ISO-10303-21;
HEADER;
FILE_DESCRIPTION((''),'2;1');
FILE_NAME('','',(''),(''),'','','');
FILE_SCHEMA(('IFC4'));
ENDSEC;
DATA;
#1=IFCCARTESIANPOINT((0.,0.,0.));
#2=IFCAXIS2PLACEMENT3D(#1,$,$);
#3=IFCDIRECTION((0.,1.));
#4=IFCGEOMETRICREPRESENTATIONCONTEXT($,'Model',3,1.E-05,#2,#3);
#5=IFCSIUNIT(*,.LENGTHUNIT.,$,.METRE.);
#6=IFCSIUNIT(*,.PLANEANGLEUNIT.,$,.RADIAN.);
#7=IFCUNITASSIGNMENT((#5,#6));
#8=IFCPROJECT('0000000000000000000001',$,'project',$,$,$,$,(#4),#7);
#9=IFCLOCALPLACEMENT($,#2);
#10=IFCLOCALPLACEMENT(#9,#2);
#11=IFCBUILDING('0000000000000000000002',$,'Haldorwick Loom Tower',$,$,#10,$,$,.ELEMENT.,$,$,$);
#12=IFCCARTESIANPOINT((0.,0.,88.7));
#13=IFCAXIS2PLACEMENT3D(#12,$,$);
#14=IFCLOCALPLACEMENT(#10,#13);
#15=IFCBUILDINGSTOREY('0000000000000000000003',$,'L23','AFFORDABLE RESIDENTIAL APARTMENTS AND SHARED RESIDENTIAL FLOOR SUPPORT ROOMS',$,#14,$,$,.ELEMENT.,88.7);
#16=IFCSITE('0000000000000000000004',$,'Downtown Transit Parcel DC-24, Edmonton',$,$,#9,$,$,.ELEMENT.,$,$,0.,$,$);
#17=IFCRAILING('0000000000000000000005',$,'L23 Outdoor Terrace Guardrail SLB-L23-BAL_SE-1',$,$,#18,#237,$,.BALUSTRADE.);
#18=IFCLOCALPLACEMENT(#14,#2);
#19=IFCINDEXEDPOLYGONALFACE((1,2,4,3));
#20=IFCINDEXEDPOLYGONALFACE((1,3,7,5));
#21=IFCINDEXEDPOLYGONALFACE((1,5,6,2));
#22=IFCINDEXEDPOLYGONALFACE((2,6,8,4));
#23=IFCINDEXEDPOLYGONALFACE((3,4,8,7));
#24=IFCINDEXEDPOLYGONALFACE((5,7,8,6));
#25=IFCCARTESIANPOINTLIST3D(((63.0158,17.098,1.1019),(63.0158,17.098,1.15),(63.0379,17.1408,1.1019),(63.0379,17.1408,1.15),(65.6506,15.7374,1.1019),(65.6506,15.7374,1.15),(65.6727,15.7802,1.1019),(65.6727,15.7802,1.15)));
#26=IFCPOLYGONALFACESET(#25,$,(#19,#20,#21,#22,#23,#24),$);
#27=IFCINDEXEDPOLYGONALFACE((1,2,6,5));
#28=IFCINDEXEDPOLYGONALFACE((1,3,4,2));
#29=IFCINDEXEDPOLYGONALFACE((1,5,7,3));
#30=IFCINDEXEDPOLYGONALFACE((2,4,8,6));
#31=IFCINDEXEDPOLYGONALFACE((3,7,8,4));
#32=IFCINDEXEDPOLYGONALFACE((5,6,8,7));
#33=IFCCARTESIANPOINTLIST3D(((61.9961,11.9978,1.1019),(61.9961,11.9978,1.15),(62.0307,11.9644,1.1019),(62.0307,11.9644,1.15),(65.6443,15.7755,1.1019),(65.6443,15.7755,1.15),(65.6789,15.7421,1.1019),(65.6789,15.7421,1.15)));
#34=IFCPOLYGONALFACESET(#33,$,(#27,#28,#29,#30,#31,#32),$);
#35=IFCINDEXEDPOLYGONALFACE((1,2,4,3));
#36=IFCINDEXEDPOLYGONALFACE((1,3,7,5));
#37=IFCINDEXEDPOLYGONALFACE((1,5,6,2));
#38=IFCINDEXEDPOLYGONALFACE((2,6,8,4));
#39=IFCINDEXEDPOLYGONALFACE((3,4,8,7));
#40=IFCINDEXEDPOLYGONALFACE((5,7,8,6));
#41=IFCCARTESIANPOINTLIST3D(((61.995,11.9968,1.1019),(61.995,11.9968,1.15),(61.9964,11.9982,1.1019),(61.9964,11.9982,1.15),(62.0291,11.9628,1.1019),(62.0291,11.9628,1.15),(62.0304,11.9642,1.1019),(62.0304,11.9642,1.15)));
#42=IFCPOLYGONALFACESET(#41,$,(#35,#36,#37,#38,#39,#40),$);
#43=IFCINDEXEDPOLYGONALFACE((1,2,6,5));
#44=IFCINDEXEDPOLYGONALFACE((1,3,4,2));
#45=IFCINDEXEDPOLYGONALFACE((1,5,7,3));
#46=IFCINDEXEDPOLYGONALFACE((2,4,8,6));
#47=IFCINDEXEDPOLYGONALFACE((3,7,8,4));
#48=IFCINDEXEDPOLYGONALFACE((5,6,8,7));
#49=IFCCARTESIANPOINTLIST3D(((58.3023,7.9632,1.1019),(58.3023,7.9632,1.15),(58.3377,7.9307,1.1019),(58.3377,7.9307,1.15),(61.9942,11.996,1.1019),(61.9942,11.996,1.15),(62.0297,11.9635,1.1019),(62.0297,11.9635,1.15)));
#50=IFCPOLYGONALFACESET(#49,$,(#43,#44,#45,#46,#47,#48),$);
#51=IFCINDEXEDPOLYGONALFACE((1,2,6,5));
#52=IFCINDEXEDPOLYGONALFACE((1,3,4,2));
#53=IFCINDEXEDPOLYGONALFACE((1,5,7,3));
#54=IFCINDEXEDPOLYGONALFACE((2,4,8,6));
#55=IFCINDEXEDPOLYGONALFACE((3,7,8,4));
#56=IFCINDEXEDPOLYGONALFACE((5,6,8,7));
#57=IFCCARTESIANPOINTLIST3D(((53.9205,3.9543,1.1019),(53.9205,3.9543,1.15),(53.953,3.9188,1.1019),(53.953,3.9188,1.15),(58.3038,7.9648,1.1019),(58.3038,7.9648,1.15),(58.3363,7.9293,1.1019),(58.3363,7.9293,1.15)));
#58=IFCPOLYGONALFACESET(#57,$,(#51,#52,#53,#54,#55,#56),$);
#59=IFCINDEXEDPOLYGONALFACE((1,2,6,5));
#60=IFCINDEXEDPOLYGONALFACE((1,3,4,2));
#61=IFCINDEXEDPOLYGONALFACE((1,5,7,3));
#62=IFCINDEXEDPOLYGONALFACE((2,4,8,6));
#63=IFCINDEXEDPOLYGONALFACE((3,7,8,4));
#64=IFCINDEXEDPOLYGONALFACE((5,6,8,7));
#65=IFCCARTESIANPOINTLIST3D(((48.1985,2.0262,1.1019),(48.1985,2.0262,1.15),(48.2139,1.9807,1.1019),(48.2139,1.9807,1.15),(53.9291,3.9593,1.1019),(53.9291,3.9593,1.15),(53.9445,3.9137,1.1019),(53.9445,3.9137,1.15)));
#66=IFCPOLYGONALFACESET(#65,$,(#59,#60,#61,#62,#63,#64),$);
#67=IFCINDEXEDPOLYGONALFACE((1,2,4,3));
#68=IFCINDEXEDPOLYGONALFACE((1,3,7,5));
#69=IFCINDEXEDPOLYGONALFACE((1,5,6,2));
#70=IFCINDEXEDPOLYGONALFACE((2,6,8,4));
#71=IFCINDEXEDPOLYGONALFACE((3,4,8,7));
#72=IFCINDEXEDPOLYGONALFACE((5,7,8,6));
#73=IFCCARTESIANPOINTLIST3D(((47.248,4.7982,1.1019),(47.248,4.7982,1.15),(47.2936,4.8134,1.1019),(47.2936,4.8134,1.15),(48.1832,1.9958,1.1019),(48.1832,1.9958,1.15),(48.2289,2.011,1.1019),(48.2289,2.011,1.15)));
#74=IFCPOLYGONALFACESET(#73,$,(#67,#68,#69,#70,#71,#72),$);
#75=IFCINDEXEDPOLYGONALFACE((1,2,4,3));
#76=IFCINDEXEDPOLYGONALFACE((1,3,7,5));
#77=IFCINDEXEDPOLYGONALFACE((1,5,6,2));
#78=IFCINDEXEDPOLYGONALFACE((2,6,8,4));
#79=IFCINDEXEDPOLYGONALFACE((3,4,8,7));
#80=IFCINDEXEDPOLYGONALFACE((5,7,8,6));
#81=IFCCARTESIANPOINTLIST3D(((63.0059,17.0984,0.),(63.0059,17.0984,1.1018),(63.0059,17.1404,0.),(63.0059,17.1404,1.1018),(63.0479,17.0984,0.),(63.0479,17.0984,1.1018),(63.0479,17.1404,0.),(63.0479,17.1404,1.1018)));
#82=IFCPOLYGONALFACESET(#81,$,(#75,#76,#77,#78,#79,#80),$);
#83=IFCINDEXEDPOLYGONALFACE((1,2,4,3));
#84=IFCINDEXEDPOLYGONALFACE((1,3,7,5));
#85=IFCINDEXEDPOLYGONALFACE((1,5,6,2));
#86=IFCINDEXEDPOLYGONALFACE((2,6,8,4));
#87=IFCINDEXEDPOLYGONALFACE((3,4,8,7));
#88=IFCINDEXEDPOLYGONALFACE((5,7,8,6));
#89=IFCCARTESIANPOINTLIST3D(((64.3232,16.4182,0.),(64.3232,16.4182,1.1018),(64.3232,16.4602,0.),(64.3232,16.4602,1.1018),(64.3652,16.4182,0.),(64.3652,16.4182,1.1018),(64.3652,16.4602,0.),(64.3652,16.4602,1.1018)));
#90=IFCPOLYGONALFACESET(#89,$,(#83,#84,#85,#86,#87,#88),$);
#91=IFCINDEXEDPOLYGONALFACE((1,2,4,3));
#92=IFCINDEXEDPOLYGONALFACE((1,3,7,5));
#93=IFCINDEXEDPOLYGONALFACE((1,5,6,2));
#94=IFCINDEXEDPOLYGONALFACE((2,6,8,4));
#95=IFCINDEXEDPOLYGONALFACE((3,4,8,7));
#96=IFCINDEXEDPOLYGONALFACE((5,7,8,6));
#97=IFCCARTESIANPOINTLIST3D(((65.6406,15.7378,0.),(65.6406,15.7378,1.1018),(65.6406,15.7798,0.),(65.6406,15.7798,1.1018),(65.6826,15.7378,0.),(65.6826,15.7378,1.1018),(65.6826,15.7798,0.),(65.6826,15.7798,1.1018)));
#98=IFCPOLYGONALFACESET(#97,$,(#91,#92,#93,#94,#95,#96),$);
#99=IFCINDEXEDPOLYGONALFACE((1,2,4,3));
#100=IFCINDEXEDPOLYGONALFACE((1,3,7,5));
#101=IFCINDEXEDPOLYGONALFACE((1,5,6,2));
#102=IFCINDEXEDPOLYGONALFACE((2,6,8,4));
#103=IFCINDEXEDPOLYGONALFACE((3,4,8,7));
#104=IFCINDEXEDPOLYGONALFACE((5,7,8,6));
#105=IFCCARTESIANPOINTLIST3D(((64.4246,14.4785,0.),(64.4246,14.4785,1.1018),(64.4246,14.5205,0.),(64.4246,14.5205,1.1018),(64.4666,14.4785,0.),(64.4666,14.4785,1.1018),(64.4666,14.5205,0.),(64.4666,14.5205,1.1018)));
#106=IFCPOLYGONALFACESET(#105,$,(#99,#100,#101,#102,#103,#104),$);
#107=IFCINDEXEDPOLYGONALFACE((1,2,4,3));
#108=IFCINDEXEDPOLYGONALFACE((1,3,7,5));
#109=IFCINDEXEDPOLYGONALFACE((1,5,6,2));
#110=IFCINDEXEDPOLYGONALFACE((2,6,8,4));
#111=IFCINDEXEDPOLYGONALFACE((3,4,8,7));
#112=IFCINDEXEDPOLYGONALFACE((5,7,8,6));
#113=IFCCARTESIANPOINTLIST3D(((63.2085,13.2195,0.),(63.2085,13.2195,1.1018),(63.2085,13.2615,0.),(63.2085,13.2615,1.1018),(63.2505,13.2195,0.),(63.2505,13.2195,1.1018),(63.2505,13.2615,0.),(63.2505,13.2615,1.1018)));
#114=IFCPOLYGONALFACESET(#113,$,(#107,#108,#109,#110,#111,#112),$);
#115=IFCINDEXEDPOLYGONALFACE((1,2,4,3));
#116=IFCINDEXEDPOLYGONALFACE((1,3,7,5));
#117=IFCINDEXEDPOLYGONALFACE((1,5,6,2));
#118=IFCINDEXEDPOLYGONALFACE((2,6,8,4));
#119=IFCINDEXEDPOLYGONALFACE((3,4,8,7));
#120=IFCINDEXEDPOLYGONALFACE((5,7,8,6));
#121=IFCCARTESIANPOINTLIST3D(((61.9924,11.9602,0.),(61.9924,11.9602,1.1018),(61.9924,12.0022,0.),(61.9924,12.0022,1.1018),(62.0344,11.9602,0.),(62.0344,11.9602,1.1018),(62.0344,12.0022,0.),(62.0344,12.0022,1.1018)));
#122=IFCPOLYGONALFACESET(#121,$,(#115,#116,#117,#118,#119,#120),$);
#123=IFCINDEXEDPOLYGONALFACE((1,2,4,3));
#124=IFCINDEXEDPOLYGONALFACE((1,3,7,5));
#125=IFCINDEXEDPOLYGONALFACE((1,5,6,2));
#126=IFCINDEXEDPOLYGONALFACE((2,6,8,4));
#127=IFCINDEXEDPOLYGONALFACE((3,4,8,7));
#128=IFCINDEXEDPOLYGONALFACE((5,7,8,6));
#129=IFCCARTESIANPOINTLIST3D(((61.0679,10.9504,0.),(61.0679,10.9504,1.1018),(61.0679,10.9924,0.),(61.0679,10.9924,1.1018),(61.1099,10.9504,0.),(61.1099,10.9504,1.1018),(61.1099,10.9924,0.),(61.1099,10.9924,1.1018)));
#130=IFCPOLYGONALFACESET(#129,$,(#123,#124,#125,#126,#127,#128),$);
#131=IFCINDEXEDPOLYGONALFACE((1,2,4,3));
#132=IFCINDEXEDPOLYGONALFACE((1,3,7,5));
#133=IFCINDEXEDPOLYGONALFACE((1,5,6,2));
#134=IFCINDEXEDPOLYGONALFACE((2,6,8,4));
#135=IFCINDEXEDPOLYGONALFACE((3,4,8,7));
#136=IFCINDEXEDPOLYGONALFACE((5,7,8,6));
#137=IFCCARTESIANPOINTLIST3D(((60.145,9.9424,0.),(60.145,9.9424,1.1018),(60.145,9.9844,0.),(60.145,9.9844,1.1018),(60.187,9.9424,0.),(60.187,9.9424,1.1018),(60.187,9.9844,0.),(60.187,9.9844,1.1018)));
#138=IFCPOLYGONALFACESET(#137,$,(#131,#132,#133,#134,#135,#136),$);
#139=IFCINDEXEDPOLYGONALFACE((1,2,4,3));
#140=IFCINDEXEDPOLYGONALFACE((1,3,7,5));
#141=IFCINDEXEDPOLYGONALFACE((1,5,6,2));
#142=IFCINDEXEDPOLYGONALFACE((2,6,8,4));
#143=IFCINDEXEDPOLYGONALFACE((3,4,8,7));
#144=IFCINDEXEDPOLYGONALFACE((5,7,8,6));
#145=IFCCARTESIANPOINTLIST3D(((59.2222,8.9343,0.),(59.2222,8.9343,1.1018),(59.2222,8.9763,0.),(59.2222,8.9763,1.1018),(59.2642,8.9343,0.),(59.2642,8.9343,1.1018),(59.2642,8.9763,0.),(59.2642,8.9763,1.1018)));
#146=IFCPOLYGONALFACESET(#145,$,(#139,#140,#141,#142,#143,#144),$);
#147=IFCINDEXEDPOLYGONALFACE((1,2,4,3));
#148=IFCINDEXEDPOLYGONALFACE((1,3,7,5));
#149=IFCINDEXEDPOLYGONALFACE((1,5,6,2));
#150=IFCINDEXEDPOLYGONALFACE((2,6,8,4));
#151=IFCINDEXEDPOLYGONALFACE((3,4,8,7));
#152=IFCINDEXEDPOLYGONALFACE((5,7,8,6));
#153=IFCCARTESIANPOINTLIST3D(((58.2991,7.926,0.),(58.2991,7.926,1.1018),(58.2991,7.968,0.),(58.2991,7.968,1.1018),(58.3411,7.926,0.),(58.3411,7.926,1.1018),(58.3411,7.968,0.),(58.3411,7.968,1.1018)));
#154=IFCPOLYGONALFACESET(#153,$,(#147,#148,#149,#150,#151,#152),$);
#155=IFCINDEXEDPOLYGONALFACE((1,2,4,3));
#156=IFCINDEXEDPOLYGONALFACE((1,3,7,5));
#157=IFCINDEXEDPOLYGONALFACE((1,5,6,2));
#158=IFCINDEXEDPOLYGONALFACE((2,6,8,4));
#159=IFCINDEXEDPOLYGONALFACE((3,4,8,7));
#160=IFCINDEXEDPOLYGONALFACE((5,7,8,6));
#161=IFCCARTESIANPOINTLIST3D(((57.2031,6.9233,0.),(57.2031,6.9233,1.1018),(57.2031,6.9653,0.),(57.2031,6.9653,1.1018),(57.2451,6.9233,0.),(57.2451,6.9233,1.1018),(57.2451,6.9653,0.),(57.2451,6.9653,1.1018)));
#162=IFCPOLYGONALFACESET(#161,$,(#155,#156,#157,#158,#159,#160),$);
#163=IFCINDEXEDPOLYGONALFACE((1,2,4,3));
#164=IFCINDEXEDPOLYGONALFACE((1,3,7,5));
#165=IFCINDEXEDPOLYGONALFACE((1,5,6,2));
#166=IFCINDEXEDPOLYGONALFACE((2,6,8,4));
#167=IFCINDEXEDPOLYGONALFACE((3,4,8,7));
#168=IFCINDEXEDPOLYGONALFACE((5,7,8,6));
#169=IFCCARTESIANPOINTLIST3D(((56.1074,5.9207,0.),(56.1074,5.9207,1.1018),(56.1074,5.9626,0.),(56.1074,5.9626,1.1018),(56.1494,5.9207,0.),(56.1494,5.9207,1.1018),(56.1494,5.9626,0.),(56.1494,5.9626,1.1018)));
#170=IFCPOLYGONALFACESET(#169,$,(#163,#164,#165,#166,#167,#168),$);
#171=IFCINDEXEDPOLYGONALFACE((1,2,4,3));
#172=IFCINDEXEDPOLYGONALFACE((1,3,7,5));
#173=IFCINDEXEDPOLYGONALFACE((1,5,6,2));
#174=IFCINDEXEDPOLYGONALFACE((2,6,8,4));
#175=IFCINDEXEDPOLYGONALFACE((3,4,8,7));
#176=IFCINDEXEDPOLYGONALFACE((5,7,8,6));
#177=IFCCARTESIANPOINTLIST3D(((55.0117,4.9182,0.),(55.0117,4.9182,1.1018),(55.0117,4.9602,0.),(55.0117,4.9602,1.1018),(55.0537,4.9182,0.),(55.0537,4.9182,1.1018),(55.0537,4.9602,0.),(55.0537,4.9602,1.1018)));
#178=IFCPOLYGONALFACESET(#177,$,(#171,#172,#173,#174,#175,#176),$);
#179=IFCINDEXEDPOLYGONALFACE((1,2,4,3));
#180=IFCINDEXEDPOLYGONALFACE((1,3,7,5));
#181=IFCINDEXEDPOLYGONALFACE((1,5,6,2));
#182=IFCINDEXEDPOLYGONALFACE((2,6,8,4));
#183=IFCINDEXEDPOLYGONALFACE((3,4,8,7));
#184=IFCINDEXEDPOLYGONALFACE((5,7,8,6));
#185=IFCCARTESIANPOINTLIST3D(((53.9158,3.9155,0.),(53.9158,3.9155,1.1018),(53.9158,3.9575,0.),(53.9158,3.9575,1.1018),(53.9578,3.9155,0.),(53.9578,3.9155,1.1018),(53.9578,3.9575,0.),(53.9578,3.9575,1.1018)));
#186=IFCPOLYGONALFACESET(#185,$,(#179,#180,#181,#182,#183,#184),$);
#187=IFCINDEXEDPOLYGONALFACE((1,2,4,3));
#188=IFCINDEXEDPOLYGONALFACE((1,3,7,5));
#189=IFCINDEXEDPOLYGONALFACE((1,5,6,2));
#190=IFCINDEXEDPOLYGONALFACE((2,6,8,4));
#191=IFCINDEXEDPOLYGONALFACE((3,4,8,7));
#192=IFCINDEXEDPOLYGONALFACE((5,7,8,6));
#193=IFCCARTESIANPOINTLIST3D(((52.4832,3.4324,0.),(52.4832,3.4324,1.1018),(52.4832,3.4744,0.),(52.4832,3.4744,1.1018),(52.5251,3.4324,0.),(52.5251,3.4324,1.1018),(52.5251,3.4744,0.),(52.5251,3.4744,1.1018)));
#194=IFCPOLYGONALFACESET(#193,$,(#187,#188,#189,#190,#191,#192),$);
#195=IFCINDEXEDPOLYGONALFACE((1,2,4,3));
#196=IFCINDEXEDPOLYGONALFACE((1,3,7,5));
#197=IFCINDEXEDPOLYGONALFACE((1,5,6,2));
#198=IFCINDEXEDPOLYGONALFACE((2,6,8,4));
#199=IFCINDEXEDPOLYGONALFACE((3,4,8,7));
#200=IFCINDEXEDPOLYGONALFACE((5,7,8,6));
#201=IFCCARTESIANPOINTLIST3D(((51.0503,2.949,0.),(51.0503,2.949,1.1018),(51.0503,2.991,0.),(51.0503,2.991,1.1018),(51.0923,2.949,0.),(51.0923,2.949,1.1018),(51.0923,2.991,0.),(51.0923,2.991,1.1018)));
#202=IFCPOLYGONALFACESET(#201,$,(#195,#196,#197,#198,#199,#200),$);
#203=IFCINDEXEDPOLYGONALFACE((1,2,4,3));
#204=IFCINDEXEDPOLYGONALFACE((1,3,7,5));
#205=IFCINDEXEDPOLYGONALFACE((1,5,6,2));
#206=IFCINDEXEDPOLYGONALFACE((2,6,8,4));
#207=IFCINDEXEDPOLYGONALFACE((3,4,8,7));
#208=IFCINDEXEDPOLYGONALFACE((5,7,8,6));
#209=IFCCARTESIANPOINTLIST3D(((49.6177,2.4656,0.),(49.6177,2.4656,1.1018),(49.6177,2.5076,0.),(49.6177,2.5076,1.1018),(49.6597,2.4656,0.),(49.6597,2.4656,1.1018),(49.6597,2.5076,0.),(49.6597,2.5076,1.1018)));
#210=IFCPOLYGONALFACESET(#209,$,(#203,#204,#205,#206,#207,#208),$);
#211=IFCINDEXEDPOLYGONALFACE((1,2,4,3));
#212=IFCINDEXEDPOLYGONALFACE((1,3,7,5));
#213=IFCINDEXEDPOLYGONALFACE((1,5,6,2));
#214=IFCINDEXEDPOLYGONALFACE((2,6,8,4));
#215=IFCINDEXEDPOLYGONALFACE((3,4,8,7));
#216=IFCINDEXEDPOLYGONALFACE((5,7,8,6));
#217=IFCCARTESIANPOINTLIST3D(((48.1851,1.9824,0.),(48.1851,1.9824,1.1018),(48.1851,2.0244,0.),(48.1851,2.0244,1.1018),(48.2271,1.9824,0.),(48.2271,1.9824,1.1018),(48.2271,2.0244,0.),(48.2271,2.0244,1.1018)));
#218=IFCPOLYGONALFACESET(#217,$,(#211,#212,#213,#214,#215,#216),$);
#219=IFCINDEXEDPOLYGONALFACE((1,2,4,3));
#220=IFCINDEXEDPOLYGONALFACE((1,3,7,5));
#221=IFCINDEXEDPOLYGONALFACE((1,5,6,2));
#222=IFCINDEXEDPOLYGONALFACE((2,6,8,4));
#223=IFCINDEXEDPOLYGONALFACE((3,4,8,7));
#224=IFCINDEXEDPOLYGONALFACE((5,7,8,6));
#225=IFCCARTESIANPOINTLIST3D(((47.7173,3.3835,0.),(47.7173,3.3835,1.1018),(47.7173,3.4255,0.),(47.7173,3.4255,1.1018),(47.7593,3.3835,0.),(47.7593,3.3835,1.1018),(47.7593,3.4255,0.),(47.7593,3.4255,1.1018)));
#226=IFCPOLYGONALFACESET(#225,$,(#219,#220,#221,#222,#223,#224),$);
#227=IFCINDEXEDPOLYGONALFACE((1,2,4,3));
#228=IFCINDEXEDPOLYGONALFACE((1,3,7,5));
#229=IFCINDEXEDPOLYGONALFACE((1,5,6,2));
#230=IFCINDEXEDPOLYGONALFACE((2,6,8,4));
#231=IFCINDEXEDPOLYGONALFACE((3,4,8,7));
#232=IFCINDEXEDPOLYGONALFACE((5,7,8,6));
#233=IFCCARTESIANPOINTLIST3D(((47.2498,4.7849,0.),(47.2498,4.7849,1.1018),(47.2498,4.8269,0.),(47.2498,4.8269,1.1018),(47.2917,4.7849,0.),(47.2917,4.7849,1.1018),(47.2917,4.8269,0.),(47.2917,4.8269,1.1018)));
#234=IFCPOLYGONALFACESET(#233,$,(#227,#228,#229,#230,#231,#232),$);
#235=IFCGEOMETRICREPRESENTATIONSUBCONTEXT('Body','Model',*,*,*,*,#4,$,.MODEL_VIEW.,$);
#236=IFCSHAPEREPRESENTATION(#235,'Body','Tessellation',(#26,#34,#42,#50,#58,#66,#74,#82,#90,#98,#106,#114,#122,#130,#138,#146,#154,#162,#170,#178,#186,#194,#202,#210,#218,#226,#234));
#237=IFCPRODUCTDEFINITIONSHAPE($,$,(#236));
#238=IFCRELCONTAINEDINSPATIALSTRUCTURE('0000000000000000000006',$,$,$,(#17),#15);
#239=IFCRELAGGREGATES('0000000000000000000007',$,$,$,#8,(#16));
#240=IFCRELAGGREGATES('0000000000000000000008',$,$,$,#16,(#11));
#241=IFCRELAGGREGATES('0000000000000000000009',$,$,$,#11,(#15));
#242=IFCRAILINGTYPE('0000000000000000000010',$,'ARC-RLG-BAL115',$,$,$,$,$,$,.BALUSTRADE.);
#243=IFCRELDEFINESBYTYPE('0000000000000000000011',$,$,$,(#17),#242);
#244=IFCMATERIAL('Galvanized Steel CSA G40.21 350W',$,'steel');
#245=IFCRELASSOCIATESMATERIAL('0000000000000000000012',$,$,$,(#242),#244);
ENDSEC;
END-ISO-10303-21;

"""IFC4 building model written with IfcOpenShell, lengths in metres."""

from ifc_helpers import new_model, si_unit, direction, frame, origin, origin_2d, place, context, subcontext, project, spatial, rectangle, extrude, material, type_object, element, save


model = new_model("IFC4")

# Units and contexts
model_context = context("Model", 3, precision=1e-05, world=origin(), true_north=direction((0.0, 1.0)))
body_context = subcontext(model_context, "Body", "Model", "MODEL_VIEW")
ifc_project = project(units=[si_unit("LENGTHUNIT", "METRE"), si_unit("PLANEANGLEUNIT", "RADIAN")], contexts=[model_context])

# Site, building, storey
site_placement = place(None, origin())
site = spatial("IfcSite", under=ifc_project, at=site_placement, Name="Downtown Transit Parcel DC-24, Edmonton", CompositionType="ELEMENT", RefElevation=0.0)
building_placement = place(site_placement, origin())
building = spatial("IfcBuilding", under=site, at=building_placement, Name="Haldorwick Loom Tower", CompositionType="ELEMENT")
storey_placement = place(building_placement, frame((0.0, 0.0, 88.7)))
storey = spatial("IfcBuildingStorey", under=building, at=storey_placement, Name="L23", Description="AFFORDABLE RESIDENTIAL APARTMENTS AND SHARED RESIDENTIAL FLOOR SUPPORT ROOMS", CompositionType="ELEMENT", Elevation=88.7)

# Railing
ifc_material_1 = material(Name="Galvanized Steel CSA G40.21 350W", Category="steel")
railing_type = type_object("IfcRailingType", Name="ARC-RLG-BAL115", PredefinedType="BALUSTRADE", material=ifc_material_1)
railing_placement = place(storey_placement, frame((63.0269, 17.1194, 0.0)))
element("IfcRailing", 1, at=railing_placement, inside=storey, type_object=railing_type, Name="L23 Outdoor Terrace Guardrail SLB-L23-BAL_SE-1", PredefinedType="BALUSTRADE", context=body_context, shape_type="SweptSolid", body=[
    extrude(rectangle(XDim=0.0481, YDim=0.0481, at=origin_2d()), frame((0.0, 0.0, 1.126), z_axis=(0.888522, -0.458834, 0.0), x_axis=(0.458834, 0.888522, 0.0)), (0.0, 0.0, 1.0), 2.9653),
    extrude(rectangle(XDim=0.0481, YDim=0.0481, at=origin_2d()), frame((2.6348, -1.3606, 1.126), z_axis=(-0.69468, -0.719319, 0.0), x_axis=(0.719319, -0.69468, 0.0)), (0.0, 0.0, 1.0), 5.2517),
    extrude(rectangle(XDim=0.0481, YDim=0.0481, at=origin_2d()), frame((-1.0134, -5.1382, 1.126), z_axis=(-0.707107, -0.707107, 0.0), x_axis=(0.707107, -0.707107, 0.0)), (0.0, 0.0, 1.0), 0.002),
    extrude(rectangle(XDim=0.0481, YDim=0.0481, at=origin_2d()), frame((-1.0149, -5.1396, 1.126), z_axis=(-0.675251, -0.737588, 0.0), x_axis=(0.737588, -0.675251, 0.0)), (0.0, 0.0, 1.0), 5.4675),
    extrude(rectangle(XDim=0.0481, YDim=0.0481, at=origin_2d()), frame((-4.7068, -9.1724, 1.126), z_axis=(-0.737785, -0.675036, 0.0), x_axis=(0.675036, -0.737785, 0.0)), (0.0, 0.0, 1.0), 5.9412),
    extrude(rectangle(XDim=0.0481, YDim=0.0481, at=origin_2d()), frame((-9.0901, -13.1829, 1.126), z_axis=(-0.947543, -0.319629, 0.0), x_axis=(0.319629, -0.947543, 0.0)), (0.0, 0.0, 1.0), 6.0479),
    extrude(rectangle(XDim=0.0481, YDim=0.0481, at=origin_2d()), frame((-14.8208, -15.116, 1.126), z_axis=(-0.316575, 0.948568, 0.0), x_axis=(-0.948568, -0.316575, 0.0)), (0.0, 0.0, 1.0), 2.9543),
    extrude(rectangle(XDim=0.042, YDim=0.042, at=origin_2d()), origin(), (0.0, 0.0, 1.0), 1.1018),
    extrude(rectangle(XDim=0.042, YDim=0.042, at=origin_2d()), frame((1.3174, -0.6802, 0.0)), (0.0, 0.0, 1.0), 1.1018),
    extrude(rectangle(XDim=0.042, YDim=0.042, at=origin_2d()), frame((2.6348, -1.3606, 0.0)), (0.0, 0.0, 1.0), 1.1018),
    extrude(rectangle(XDim=0.042, YDim=0.042, at=origin_2d()), frame((1.4187, -2.6199, 0.0)), (0.0, 0.0, 1.0), 1.1018),
    extrude(rectangle(XDim=0.042, YDim=0.042, at=origin_2d()), frame((0.2026, -3.8789, 0.0)), (0.0, 0.0, 1.0), 1.1018),
    extrude(rectangle(XDim=0.042, YDim=0.042, at=origin_2d()), frame((-1.0134, -5.1382, 0.0)), (0.0, 0.0, 1.0), 1.1018),
    extrude(rectangle(XDim=0.042, YDim=0.042, at=origin_2d()), frame((-1.938, -6.1479, 0.0)), (0.0, 0.0, 1.0), 1.1018),
    extrude(rectangle(XDim=0.042, YDim=0.042, at=origin_2d()), frame((-2.8608, -7.156, 0.0)), (0.0, 0.0, 1.0), 1.1018),
    extrude(rectangle(XDim=0.042, YDim=0.042, at=origin_2d()), frame((-3.7837, -8.1641, 0.0)), (0.0, 0.0, 1.0), 1.1018),
    extrude(rectangle(XDim=0.042, YDim=0.042, at=origin_2d()), frame((-4.7068, -9.1724, 0.0)), (0.0, 0.0, 1.0), 1.1018),
    extrude(rectangle(XDim=0.042, YDim=0.042, at=origin_2d()), frame((-5.8027, -10.175, 0.0)), (0.0, 0.0, 1.0), 1.1018),
    extrude(rectangle(XDim=0.042, YDim=0.042, at=origin_2d()), frame((-6.8984, -11.1777, 0.0)), (0.0, 0.0, 1.0), 1.1018),
    extrude(rectangle(XDim=0.042, YDim=0.042, at=origin_2d()), frame((-7.9941, -12.1802, 0.0)), (0.0, 0.0, 1.0), 1.1018),
    extrude(rectangle(XDim=0.042, YDim=0.042, at=origin_2d()), frame((-9.0901, -13.1829, 0.0)), (0.0, 0.0, 1.0), 1.1018),
    extrude(rectangle(XDim=0.042, YDim=0.042, at=origin_2d()), frame((-10.5227, -13.666, 0.0)), (0.0, 0.0, 1.0), 1.1018),
    extrude(rectangle(XDim=0.042, YDim=0.042, at=origin_2d()), frame((-11.9556, -14.1494, 0.0)), (0.0, 0.0, 1.0), 1.1018),
    extrude(rectangle(XDim=0.042, YDim=0.042, at=origin_2d()), frame((-13.3882, -14.6328, 0.0)), (0.0, 0.0, 1.0), 1.1018),
    extrude(rectangle(XDim=0.042, YDim=0.042, at=origin_2d()), frame((-14.8208, -15.116, 0.0)), (0.0, 0.0, 1.0), 1.1018),
    extrude(rectangle(XDim=0.042, YDim=0.042, at=origin_2d()), frame((-15.2886, -13.7148, 0.0)), (0.0, 0.0, 1.0), 1.1018),
    extrude(rectangle(XDim=0.042, YDim=0.042, at=origin_2d()), frame((-15.7561, -12.3135, 0.0)), (0.0, 0.0, 1.0), 1.1018),
])

save(model, "model.ifc")
